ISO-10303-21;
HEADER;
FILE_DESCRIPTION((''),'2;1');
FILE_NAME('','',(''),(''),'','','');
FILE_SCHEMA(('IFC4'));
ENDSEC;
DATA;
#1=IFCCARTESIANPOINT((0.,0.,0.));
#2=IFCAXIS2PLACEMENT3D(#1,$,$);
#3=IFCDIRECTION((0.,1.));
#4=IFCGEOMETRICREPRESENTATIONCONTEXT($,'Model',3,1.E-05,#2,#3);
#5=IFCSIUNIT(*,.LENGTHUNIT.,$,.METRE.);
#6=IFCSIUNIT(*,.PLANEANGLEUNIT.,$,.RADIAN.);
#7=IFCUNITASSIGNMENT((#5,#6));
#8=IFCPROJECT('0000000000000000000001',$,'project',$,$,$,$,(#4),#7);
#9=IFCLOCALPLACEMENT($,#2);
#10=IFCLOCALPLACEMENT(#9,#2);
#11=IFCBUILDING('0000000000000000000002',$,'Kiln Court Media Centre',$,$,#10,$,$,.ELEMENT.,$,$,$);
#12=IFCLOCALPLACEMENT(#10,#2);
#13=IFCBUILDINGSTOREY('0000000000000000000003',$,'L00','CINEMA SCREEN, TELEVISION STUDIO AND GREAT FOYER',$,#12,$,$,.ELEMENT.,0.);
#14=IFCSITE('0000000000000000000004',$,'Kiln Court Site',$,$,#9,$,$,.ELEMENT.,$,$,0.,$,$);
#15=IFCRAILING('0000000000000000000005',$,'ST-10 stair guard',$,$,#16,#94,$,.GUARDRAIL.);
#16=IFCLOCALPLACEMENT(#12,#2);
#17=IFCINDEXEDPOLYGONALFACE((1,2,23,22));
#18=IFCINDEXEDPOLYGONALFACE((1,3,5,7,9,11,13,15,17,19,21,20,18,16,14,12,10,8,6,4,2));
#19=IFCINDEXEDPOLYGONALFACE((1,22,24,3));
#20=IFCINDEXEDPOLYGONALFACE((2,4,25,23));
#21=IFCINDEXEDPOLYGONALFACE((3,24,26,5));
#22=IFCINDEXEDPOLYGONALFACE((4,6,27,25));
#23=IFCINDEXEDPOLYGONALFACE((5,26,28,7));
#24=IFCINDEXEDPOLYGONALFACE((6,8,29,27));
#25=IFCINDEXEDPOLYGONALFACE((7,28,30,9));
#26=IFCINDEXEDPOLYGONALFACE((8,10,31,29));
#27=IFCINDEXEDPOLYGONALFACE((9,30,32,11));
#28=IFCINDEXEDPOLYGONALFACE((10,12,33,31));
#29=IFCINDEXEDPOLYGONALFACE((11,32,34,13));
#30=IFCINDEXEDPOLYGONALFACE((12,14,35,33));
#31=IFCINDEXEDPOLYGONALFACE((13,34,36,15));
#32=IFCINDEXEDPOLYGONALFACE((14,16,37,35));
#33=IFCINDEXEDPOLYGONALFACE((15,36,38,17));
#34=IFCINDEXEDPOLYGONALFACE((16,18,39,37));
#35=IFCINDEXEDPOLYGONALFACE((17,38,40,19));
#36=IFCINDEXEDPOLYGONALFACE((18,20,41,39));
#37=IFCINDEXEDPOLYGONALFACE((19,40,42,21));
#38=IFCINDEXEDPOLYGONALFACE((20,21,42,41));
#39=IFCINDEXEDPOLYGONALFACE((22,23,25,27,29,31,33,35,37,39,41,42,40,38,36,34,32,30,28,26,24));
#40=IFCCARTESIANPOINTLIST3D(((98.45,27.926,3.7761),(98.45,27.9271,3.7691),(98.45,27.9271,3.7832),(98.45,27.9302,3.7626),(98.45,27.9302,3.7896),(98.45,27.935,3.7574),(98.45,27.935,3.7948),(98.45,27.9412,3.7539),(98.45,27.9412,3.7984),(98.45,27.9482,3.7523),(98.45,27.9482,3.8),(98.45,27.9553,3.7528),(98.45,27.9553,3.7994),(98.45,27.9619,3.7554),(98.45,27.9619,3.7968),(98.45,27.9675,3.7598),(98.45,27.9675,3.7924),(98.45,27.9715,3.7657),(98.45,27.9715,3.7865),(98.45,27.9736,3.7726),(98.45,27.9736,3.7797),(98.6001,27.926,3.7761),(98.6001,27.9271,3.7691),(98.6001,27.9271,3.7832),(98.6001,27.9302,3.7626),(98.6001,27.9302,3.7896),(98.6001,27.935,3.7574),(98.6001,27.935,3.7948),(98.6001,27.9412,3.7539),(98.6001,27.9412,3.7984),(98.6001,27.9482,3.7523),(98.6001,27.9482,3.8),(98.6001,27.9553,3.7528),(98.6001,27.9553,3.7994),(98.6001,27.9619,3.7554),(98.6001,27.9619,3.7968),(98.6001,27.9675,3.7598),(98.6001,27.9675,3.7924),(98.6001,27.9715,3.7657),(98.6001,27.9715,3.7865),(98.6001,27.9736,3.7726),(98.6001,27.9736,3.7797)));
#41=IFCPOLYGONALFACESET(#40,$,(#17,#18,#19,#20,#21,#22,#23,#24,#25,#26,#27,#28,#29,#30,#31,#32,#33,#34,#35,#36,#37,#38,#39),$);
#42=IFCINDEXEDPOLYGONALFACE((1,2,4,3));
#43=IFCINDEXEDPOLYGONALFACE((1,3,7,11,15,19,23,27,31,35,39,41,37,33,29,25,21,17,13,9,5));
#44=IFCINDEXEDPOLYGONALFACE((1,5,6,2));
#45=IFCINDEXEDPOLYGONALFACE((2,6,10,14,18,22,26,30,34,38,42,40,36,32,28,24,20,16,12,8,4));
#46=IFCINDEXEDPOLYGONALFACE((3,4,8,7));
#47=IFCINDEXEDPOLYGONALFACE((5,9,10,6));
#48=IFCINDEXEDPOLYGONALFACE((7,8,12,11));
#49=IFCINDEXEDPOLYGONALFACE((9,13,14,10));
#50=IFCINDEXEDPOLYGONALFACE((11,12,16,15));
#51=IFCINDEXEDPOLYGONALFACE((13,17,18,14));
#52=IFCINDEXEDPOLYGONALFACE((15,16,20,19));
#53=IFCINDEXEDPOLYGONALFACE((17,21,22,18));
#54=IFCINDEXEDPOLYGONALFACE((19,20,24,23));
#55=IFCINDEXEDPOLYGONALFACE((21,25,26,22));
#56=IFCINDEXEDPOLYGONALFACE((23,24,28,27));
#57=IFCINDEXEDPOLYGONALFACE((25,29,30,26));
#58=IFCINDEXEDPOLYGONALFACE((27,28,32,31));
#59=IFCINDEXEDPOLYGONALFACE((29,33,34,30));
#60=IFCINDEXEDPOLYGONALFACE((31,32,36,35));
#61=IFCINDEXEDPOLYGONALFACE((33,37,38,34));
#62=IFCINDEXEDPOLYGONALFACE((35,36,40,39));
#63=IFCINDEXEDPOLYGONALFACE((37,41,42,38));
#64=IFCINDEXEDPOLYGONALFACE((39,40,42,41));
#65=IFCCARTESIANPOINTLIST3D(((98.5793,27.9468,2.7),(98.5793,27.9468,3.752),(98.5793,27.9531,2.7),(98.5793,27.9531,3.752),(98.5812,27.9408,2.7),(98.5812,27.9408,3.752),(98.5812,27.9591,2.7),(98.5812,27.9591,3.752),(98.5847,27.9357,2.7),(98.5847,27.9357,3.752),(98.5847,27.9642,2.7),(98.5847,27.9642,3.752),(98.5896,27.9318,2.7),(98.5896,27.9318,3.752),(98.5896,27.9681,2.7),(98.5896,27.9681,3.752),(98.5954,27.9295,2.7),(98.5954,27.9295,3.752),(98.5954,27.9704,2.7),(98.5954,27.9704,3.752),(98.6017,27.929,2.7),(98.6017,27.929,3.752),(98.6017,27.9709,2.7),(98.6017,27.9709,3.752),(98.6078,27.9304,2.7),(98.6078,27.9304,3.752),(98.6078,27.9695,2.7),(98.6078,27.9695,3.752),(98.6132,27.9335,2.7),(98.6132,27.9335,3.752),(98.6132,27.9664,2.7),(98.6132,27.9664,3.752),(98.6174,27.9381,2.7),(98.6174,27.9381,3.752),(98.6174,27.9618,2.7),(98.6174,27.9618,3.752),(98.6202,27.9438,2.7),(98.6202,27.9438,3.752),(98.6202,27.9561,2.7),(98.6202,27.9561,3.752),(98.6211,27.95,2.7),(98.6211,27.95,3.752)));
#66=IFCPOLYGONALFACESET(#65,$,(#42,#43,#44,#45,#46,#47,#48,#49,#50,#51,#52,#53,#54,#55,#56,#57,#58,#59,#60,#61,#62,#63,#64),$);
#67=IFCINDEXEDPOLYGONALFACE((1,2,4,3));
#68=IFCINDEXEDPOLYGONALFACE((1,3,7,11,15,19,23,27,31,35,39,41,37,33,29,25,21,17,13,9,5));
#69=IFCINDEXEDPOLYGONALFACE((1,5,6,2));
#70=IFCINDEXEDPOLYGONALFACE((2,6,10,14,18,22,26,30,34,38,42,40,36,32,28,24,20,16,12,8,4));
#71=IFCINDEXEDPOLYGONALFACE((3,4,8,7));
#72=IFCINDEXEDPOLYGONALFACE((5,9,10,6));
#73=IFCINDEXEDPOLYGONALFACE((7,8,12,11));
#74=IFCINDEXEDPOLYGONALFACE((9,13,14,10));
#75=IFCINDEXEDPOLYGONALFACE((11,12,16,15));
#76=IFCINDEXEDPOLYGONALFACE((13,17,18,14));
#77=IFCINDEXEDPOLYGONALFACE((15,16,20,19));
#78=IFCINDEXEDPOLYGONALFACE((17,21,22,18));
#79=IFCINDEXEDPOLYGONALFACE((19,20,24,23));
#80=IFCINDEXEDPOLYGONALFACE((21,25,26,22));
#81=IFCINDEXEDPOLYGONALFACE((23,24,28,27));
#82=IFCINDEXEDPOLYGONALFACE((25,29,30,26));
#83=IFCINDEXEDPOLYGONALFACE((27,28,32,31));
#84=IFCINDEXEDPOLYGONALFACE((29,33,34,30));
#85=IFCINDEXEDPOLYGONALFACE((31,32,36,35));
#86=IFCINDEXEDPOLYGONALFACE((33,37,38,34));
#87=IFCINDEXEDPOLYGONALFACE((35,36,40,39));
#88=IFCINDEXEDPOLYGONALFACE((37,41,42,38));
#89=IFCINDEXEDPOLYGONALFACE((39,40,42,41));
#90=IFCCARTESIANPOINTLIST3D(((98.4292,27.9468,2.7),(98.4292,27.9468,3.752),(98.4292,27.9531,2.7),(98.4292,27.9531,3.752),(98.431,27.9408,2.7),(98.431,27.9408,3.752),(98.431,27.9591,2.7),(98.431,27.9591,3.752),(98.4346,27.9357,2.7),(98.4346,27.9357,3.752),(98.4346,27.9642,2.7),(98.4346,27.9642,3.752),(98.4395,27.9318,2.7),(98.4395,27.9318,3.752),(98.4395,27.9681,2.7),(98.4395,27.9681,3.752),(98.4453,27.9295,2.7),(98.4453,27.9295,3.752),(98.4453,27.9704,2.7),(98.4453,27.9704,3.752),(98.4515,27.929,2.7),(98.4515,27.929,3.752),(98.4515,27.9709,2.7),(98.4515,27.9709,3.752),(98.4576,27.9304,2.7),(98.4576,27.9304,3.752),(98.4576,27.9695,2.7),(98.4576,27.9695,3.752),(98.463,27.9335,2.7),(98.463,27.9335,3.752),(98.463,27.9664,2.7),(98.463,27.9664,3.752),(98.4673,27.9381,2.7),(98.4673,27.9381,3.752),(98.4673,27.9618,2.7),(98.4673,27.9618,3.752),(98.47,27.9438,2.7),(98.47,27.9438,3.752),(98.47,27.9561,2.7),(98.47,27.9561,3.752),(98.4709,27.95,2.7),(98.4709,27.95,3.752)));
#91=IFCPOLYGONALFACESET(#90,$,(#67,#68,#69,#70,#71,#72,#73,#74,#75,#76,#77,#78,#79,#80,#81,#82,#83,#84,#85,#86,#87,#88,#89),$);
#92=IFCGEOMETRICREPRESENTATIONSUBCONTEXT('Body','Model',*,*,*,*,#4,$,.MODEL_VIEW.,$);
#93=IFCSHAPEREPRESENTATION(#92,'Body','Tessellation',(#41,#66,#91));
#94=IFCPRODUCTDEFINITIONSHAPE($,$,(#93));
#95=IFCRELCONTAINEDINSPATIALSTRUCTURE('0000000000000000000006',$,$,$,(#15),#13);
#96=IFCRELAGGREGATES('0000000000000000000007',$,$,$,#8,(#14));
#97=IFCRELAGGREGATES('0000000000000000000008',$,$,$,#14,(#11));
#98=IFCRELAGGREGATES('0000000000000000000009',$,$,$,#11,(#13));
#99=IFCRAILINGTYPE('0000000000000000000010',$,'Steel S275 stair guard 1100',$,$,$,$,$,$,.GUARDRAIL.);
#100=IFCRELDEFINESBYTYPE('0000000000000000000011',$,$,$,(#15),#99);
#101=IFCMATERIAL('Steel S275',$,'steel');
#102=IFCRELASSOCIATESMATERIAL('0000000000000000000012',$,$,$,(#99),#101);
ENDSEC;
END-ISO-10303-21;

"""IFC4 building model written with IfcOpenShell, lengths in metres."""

from ifc_helpers import new_model, si_unit, direction, frame, origin, origin_2d, place, context, subcontext, project, spatial, circle, extrude, material, type_object, element, save


model = new_model("IFC4")

# Units and contexts
model_context = context("Model", 3, precision=1e-05, world=origin(), true_north=direction((0.0, 1.0)))
body_context = subcontext(model_context, "Body", "Model", "MODEL_VIEW")
ifc_project = project(units=[si_unit("LENGTHUNIT", "METRE"), si_unit("PLANEANGLEUNIT", "RADIAN")], contexts=[model_context])

# Site, building, storey
site_placement = place(None, origin())
site = spatial("IfcSite", under=ifc_project, at=site_placement, Name="Kiln Court Site", CompositionType="ELEMENT", RefElevation=0.0)
building_placement = place(site_placement, origin())
building = spatial("IfcBuilding", under=site, at=building_placement, Name="Kiln Court Media Centre", CompositionType="ELEMENT")
storey_placement = place(building_placement, origin())
storey = spatial("IfcBuildingStorey", under=building, at=storey_placement, Name="L00", Description="CINEMA SCREEN, TELEVISION STUDIO AND GREAT FOYER", CompositionType="ELEMENT", Elevation=0.0)

# Railing
ifc_material_1 = material(Name="Steel S275", Category="steel")
railing_type_1 = type_object("IfcRailingType", Name="Steel S275 stair guard 1100", PredefinedType="GUARDRAIL", material=ifc_material_1)
railing_1_placement = place(storey_placement, frame((98.6001, 27.95, 2.7)))
element("IfcRailing", 1, at=railing_1_placement, inside=storey, type_object=railing_type_1, Name="ST-10 stair guard", PredefinedType="GUARDRAIL", context=body_context, shape_type="SweptSolid", body=[
    extrude(circle(Radius=0.0239, at=origin_2d()), frame((0.0, 0.0, 1.0762), z_axis=(-1.0, 0.0, 0.0), x_axis=(0.0, -1.0, 0.0)), (0.0, 0.0, 1.0), 0.1501),
    extrude(circle(Radius=0.021, at=origin_2d()), origin(), (0.0, 0.0, 1.0), 1.052),
    extrude(circle(Radius=0.021, at=origin_2d()), frame((-0.1501, 0.0, 0.0)), (0.0, 0.0, 1.0), 1.052),
])

save(model, "model.ifc")
